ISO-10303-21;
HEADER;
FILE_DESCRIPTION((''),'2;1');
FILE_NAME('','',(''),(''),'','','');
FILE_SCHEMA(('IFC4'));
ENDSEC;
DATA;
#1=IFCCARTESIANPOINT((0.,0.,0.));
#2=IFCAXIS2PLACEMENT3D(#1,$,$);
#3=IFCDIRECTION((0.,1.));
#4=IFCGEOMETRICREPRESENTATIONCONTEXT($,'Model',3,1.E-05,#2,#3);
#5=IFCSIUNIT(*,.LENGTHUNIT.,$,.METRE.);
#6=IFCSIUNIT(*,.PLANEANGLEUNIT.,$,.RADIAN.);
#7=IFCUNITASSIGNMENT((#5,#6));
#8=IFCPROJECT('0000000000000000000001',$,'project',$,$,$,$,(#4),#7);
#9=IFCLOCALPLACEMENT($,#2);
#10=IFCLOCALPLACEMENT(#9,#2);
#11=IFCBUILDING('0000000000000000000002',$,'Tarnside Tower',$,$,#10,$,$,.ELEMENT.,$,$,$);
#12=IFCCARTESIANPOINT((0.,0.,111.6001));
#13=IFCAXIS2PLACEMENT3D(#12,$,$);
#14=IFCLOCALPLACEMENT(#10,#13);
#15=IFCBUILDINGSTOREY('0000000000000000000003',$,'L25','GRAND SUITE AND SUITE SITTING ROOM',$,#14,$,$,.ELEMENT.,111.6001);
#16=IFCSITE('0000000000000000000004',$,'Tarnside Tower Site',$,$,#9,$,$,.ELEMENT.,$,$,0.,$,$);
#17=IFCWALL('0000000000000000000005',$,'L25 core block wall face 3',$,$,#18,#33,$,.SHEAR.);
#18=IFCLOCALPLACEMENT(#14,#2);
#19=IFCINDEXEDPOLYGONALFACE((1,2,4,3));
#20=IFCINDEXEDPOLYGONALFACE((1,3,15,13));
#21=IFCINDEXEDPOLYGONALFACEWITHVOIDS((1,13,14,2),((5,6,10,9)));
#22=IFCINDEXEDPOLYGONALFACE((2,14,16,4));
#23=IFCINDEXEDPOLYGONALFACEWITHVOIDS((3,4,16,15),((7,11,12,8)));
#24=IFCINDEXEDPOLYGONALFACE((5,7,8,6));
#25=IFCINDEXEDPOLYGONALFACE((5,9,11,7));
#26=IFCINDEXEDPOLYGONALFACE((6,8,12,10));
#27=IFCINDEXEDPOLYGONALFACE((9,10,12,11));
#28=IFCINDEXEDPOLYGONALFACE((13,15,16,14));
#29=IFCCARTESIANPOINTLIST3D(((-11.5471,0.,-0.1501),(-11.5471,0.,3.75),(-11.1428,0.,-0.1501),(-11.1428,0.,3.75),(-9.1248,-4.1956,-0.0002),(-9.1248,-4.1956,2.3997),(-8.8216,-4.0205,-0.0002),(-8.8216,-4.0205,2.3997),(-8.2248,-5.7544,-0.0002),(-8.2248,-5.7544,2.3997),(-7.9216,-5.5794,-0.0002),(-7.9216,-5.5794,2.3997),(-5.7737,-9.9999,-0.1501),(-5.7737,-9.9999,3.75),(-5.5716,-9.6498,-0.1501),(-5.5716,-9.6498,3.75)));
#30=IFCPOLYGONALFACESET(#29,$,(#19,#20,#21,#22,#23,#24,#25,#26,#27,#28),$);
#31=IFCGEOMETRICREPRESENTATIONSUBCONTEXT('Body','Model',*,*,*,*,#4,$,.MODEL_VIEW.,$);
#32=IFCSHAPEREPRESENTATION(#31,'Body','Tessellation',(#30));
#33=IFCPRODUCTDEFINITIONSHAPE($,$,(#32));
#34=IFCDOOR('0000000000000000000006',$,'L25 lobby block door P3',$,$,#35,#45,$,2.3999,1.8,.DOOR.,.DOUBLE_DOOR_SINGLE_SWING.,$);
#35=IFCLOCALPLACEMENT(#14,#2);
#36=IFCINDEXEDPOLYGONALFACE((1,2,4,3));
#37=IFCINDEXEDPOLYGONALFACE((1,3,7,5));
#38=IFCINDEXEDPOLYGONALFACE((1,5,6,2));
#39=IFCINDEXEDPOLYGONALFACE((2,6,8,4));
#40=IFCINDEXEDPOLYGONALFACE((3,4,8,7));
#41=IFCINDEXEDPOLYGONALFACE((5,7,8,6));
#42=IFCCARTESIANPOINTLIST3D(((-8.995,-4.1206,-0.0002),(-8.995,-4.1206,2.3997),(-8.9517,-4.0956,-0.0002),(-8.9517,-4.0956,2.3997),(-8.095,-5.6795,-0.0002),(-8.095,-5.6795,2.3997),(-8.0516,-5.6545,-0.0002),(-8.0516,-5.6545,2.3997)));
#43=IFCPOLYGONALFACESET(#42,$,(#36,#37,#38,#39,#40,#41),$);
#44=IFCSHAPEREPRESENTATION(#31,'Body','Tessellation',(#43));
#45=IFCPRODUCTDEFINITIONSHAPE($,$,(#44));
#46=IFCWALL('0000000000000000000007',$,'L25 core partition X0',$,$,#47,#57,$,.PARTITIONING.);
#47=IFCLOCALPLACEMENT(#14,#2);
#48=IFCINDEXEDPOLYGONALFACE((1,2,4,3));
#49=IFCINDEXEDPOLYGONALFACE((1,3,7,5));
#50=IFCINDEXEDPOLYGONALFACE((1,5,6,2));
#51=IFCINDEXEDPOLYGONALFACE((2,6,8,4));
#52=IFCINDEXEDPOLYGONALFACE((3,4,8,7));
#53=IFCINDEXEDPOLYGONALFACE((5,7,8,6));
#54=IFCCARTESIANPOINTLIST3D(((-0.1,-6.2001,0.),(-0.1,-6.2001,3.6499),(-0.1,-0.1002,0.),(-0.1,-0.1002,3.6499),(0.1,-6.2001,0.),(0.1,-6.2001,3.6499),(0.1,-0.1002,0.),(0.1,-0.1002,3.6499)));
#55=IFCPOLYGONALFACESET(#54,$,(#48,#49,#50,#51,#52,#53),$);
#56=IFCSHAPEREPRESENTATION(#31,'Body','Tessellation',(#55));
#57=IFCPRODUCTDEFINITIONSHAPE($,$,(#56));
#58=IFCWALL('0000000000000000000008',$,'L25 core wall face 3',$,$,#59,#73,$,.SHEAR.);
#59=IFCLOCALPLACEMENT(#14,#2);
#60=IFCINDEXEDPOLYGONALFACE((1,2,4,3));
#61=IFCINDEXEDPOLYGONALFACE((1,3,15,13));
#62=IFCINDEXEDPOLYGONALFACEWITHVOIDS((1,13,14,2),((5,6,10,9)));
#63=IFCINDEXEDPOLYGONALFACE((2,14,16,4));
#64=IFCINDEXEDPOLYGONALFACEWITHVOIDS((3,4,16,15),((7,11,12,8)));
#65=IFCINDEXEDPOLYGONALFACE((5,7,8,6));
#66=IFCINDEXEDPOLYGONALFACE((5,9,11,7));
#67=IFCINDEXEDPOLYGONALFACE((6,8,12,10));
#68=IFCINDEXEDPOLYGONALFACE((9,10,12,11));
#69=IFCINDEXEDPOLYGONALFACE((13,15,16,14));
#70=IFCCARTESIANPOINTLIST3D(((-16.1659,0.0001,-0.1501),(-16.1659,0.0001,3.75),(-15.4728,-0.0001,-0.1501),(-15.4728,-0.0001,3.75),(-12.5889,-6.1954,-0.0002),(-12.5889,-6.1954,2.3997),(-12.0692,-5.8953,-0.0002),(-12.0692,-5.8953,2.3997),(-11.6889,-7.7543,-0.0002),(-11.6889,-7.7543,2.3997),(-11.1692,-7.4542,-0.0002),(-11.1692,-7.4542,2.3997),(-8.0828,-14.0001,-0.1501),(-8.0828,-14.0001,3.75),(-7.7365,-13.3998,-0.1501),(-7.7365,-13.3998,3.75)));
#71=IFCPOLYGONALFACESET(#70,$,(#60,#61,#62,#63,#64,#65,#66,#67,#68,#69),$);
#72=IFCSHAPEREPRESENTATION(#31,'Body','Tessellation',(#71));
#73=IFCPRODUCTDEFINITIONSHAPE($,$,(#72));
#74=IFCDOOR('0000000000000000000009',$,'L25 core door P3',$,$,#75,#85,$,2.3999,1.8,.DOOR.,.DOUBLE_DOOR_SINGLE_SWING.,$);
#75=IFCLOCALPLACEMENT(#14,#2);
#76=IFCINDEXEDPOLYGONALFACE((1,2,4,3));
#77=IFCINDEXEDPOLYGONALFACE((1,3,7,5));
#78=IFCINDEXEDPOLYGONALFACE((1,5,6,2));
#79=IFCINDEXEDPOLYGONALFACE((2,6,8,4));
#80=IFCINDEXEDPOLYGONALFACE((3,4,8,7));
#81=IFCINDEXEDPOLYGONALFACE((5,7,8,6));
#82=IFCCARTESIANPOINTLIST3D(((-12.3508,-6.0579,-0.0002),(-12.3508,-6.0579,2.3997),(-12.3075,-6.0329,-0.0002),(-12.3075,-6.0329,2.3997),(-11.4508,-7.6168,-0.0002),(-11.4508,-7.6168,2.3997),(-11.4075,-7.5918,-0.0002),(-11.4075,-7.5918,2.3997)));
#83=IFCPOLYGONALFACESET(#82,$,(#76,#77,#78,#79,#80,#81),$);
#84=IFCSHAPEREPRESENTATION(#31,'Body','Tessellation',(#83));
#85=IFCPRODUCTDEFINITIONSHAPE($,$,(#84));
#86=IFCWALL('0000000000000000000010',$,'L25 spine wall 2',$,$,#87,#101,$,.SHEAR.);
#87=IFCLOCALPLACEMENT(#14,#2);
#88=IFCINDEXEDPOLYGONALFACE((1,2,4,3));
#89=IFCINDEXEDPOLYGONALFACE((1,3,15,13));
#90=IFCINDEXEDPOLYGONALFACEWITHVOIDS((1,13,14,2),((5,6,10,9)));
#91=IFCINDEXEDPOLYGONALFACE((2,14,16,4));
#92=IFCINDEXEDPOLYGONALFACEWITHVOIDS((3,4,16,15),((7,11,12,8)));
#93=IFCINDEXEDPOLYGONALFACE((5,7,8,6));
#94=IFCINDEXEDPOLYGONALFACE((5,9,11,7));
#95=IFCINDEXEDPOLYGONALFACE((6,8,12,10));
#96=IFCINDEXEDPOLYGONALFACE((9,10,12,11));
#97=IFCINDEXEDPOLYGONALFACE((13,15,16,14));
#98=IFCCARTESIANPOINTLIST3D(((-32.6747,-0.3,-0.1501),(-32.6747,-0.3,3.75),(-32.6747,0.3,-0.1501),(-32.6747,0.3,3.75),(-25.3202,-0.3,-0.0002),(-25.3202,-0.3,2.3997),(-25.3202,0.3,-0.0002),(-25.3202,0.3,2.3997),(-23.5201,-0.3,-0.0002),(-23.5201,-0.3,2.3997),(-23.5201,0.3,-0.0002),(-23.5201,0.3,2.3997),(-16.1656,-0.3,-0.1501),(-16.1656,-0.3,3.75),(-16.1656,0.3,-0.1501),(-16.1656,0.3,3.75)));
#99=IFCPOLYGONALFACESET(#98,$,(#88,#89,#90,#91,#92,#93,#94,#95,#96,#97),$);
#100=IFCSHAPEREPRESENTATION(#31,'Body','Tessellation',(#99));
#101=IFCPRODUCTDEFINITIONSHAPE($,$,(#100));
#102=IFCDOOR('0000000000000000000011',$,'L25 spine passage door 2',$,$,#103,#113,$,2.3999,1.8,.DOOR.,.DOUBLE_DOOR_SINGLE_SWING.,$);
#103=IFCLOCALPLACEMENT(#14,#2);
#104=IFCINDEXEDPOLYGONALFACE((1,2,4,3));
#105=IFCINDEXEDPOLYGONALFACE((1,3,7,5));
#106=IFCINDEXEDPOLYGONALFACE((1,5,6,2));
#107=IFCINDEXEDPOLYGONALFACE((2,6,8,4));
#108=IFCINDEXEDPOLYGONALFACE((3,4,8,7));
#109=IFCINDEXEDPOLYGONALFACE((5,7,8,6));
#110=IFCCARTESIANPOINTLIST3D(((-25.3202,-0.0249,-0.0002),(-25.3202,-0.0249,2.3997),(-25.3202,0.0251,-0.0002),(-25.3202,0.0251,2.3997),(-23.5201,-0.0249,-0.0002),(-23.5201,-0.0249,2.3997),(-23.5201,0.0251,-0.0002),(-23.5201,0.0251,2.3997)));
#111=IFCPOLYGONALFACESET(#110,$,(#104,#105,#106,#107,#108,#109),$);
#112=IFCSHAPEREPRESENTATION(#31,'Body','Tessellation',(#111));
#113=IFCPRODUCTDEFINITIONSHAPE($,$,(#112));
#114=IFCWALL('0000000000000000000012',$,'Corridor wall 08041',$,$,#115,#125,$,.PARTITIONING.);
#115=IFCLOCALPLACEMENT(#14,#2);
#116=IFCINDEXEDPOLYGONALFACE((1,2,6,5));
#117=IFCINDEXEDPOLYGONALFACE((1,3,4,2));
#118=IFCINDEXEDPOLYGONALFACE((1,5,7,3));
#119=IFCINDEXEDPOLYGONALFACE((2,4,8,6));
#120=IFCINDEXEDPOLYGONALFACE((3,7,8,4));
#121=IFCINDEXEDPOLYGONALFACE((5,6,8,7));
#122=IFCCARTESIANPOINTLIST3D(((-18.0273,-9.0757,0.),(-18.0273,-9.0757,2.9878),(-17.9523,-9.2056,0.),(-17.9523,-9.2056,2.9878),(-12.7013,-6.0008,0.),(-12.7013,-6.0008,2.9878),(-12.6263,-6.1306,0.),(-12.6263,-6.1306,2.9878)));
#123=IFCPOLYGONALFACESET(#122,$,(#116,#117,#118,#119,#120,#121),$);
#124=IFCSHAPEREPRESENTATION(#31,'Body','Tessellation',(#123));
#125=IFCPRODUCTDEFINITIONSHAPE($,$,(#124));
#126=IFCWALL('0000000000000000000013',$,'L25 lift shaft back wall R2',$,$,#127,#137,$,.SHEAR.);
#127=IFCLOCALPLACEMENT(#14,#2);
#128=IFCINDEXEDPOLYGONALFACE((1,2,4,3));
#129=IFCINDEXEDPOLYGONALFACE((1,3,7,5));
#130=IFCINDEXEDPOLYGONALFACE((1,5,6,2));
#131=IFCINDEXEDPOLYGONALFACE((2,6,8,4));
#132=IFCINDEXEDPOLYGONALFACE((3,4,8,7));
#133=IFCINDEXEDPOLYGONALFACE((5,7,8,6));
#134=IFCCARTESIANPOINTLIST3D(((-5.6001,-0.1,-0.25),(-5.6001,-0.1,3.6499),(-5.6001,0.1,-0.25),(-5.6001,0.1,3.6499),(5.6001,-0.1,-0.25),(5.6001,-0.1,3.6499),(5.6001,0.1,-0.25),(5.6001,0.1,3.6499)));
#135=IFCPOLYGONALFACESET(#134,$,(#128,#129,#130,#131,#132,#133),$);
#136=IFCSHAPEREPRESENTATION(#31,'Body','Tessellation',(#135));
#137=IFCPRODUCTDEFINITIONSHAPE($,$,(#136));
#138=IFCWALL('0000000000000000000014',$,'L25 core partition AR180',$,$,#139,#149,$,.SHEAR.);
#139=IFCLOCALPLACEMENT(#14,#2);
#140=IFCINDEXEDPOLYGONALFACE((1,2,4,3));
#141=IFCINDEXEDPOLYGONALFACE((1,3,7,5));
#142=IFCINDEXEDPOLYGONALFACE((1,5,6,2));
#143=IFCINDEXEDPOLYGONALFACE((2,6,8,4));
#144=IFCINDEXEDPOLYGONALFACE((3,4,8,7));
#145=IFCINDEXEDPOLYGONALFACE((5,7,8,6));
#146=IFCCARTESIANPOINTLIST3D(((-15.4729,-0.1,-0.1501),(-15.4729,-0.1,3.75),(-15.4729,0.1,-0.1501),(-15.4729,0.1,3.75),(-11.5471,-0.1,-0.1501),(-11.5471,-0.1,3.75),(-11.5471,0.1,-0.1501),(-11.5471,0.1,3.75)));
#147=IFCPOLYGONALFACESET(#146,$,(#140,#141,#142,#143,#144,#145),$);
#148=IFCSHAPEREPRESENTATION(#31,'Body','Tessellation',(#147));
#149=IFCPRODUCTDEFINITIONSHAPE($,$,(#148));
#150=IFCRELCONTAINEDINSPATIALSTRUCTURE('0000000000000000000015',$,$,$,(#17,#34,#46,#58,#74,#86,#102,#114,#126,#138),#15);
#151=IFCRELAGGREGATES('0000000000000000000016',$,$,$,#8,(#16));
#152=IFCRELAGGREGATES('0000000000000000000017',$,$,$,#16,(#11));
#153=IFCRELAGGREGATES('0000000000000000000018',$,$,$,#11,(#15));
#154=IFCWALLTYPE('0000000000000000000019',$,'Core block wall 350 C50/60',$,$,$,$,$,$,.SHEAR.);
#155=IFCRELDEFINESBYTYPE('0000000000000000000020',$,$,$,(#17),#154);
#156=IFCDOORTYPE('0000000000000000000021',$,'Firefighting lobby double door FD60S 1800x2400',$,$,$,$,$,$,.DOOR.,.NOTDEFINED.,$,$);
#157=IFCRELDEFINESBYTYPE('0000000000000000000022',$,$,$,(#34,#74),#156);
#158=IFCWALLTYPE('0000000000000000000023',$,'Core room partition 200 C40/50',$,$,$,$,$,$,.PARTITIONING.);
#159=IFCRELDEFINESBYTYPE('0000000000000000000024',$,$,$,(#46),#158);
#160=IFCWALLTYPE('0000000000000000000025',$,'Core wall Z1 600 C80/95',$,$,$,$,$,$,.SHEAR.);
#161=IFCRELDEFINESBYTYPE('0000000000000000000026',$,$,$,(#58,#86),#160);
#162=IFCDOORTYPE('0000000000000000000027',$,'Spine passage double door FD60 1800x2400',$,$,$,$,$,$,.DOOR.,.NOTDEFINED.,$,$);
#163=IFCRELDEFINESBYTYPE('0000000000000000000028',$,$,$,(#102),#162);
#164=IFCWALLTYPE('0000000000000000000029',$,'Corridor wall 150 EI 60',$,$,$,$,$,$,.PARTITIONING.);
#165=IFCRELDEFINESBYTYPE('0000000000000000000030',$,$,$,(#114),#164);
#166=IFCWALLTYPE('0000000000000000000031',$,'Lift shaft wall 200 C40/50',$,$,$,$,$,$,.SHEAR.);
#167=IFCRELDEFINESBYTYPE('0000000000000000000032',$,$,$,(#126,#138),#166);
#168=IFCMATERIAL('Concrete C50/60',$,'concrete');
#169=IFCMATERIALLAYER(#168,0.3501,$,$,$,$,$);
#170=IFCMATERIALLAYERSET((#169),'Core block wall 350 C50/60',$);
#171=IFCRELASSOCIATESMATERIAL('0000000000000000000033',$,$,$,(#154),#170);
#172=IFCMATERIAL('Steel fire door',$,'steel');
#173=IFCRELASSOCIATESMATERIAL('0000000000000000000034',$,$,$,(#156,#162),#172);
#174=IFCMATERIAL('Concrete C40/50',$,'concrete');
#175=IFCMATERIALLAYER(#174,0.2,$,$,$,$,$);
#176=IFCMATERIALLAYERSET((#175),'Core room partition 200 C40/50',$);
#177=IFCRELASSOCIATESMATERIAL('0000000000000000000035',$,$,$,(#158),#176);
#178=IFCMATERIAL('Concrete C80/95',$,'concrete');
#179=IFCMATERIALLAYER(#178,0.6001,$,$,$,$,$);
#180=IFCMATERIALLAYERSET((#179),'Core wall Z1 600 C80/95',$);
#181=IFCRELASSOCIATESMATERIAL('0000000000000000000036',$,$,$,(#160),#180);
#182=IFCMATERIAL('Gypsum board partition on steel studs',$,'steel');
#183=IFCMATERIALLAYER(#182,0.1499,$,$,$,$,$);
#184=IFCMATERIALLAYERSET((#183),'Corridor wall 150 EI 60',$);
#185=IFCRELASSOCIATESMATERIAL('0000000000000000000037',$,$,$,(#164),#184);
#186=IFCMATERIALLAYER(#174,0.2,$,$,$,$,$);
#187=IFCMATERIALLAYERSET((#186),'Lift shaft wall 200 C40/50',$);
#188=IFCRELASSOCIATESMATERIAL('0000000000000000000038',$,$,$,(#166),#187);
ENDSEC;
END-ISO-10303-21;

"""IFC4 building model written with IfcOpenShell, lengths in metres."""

from ifc_helpers import new_model, si_unit, direction, frame, frame_2d, origin, place, context, subcontext, project, spatial, polyline, rectangle, outline, extrude, material, layer, layer_set, type_object, element, fill, save


model = new_model("IFC4")

# Units and contexts
model_context = context("Model", 3, precision=1e-05, world=origin(), true_north=direction((0.0, 1.0)))
body_context = subcontext(model_context, "Body", "Model", "MODEL_VIEW")
ifc_project = project(units=[si_unit("LENGTHUNIT", "METRE"), si_unit("PLANEANGLEUNIT", "RADIAN")], contexts=[model_context])

# Site, building, storey
site_placement = place(None, origin())
site = spatial("IfcSite", under=ifc_project, at=site_placement, Name="Tarnside Tower Site", CompositionType="ELEMENT", RefElevation=0.0)
building_placement = place(site_placement, origin())
building = spatial("IfcBuilding", under=site, at=building_placement, Name="Tarnside Tower", CompositionType="ELEMENT")
storey_placement = place(building_placement, frame((0.0, 0.0, 111.6001)))
storey = spatial("IfcBuildingStorey", under=building, at=storey_placement, Name="L25", Description="GRAND SUITE AND SUITE SITTING ROOM", CompositionType="ELEMENT", Elevation=111.6001)

# Wall, opening, door
ifc_material_1 = material(Name="Concrete C50/60", Category="concrete")
ifc_layer_1 = layer(ifc_material_1, 0.3501)
ifc_layer_set_1 = layer_set([ifc_layer_1], Name="Core block wall 350 C50/60")
wall_type_1 = type_object("IfcWallType", Name="Core block wall 350 C50/60", PredefinedType="SHEAR", material=ifc_layer_set_1)
wall_1_placement = place(storey_placement, frame((-11.345, 0.0, -0.1501), z_axis=(0.0, 0.0, 1.0), x_axis=(0.499995, -0.866028, 0.0)))
wall_1 = element("IfcWall", 1, at=wall_1_placement, inside=storey, type_object=wall_type_1, Name="L25 core block wall face 3", PredefinedType="SHEAR", context=body_context, shape_type="SweptSolid", body=[
    extrude(outline(polyline([(-0.1011, -0.175), (11.4458, -0.175), (11.2437, 0.175), (0.1011, 0.175), (-0.1011, -0.175)])), origin(), (0.0, 0.0, 1.0), 3.9001),
])
opening_1_placement = place(wall_1_placement, frame((4.7437, 0.0, 0.1499)))
opening_1 = element("IfcOpeningElement", 2, at=opening_1_placement, cuts=wall_1, PredefinedType="OPENING", context=body_context, shape_type="SweptSolid", body=[
    extrude(rectangle(XDim=1.8, YDim=2.3999, at=frame_2d((0.8999, 1.2))), frame((0.0, 0.1851, 0.0), z_axis=(0.0, -1.0, 0.0), x_axis=(1.0, 0.0, 0.0)), (0.0, 0.0, 1.0), 0.3701),
])
ifc_material_2 = material(Name="Steel fire door", Category="steel")
door_type_1 = type_object("IfcDoorType", Name="Firefighting lobby double door FD60S 1800x2400", OperationType="NOTDEFINED", PredefinedType="DOOR", material=ifc_material_2)
door_1_placement = place(opening_1_placement, origin())
door_1 = element("IfcDoor", 3, at=door_1_placement, inside=storey, type_object=door_type_1, Name="L25 lobby block door P3", OperationType="DOUBLE_DOOR_SINGLE_SWING", OverallHeight=2.3999, OverallWidth=1.8, PredefinedType="DOOR", context=body_context, shape_type="SweptSolid", body=[
    extrude(rectangle(XDim=1.8, YDim=2.3999, at=frame_2d((0.8999, 1.2))), frame((0.0, 0.0249, 0.0), z_axis=(0.0, -1.0, 0.0), x_axis=(1.0, 0.0, 0.0)), (0.0, 0.0, 1.0), 0.05),
])
fill(opening_1, door_1)

# Wall
ifc_material_3 = material(Name="Concrete C40/50", Category="concrete")
ifc_layer_2 = layer(ifc_material_3, 0.2)
ifc_layer_set_2 = layer_set([ifc_layer_2], Name="Core room partition 200 C40/50")
wall_type_2 = type_object("IfcWallType", Name="Core room partition 200 C40/50", PredefinedType="PARTITIONING", material=ifc_layer_set_2)
wall_2_placement = place(storey_placement, frame((0.0, -6.2, 0.0), z_axis=(0.0, 0.0, 1.0), x_axis=(0.0, 1.0, 0.0)))
element("IfcWall", 4, at=wall_2_placement, inside=storey, type_object=wall_type_2, Name="L25 core partition X0", PredefinedType="PARTITIONING", context=body_context, shape_type="SweptSolid", body=[
    extrude(rectangle(XDim=6.0999, YDim=0.2, at=frame_2d((3.0498, 0.0))), origin(), (0.0, 0.0, 1.0), 3.6499),
])

# Walls, openings, doors
ifc_material_4 = material(Name="Concrete C80/95", Category="concrete")
ifc_layer_3 = layer(ifc_material_4, 0.6001)
ifc_layer_set_3 = layer_set([ifc_layer_3], Name="Core wall Z1 600 C80/95")
wall_type_3 = type_object("IfcWallType", Name="Core wall Z1 600 C80/95", PredefinedType="SHEAR", material=ifc_layer_set_3)
wall_3_placement = place(storey_placement, frame((-15.8193, 0.0, -0.1501), z_axis=(0.0, 0.0, 1.0), x_axis=(0.5, -0.866025, 0.0)))
wall_3 = element("IfcWall", 5, at=wall_3_placement, inside=storey, type_object=wall_type_3, Name="L25 core wall face 3", PredefinedType="SHEAR", context=body_context, shape_type="SweptSolid", body=[
    extrude(outline(polyline([(-0.1733, -0.3), (15.9927, -0.3), (15.646, 0.3), (0.1733, 0.3), (-0.1733, -0.3)])), origin(), (0.0, 0.0, 1.0), 3.9001),
])
opening_2_placement = place(wall_3_placement, frame((6.9807, 0.0, 0.1499)))
opening_2 = element("IfcOpeningElement", 6, at=opening_2_placement, cuts=wall_3, PredefinedType="OPENING", context=body_context, shape_type="SweptSolid", body=[
    extrude(rectangle(XDim=1.8, YDim=2.3999, at=frame_2d((0.8999, 1.2))), frame((0.0, 0.3101, 0.0), z_axis=(0.0, -1.0, 0.0), x_axis=(1.0, 0.0, 0.0)), (0.0, 0.0, 1.0), 0.6201),
])
door_2_placement = place(opening_2_placement, origin())
door_2 = element("IfcDoor", 7, at=door_2_placement, inside=storey, type_object=door_type_1, Name="L25 core door P3", OperationType="DOUBLE_DOOR_SINGLE_SWING", OverallHeight=2.3999, OverallWidth=1.8, PredefinedType="DOOR", context=body_context, shape_type="SweptSolid", body=[
    extrude(rectangle(XDim=1.8, YDim=2.3999, at=frame_2d((0.8999, 1.2))), frame((0.0, 0.0249, 0.0), z_axis=(0.0, -1.0, 0.0), x_axis=(1.0, 0.0, 0.0)), (0.0, 0.0, 1.0), 0.05),
])
fill(opening_2, door_2)
wall_4_placement = place(storey_placement, frame((-16.1658, 0.0, -0.1501), z_axis=(0.0, 0.0, 1.0), x_axis=(-1.0, 0.0, 0.0)))
wall_4 = element("IfcWall", 8, at=wall_4_placement, inside=storey, type_object=wall_type_3, Name="L25 spine wall 2", PredefinedType="SHEAR", context=body_context, shape_type="SweptSolid", body=[
    extrude(rectangle(XDim=16.509, YDim=0.6001, at=frame_2d((8.2544, 0.0))), origin(), (0.0, 0.0, 1.0), 3.9001),
])
opening_3_placement = place(wall_4_placement, frame((7.3545, 0.0, 0.1499)))
opening_3 = element("IfcOpeningElement", 9, at=opening_3_placement, cuts=wall_4, PredefinedType="OPENING", context=body_context, shape_type="SweptSolid", body=[
    extrude(rectangle(XDim=1.8, YDim=2.3999, at=frame_2d((0.8999, 1.2))), frame((0.0, 0.3101, 0.0), z_axis=(0.0, -1.0, 0.0), x_axis=(1.0, 0.0, 0.0)), (0.0, 0.0, 1.0), 0.6201),
])
door_type_2 = type_object("IfcDoorType", Name="Spine passage double door FD60 1800x2400", OperationType="NOTDEFINED", PredefinedType="DOOR", material=ifc_material_2)
door_3_placement = place(opening_3_placement, origin())
door_3 = element("IfcDoor", 10, at=door_3_placement, inside=storey, type_object=door_type_2, Name="L25 spine passage door 2", OperationType="DOUBLE_DOOR_SINGLE_SWING", OverallHeight=2.3999, OverallWidth=1.8, PredefinedType="DOOR", context=body_context, shape_type="SweptSolid", body=[
    extrude(rectangle(XDim=1.8, YDim=2.3999, at=frame_2d((0.8999, 1.2))), frame((0.0, 0.0249, 0.0), z_axis=(0.0, -1.0, 0.0), x_axis=(1.0, 0.0, 0.0)), (0.0, 0.0, 1.0), 0.05),
])
fill(opening_3, door_3)

# Walls
ifc_material_5 = material(Name="Gypsum board partition on steel studs", Category="steel")
ifc_layer_4 = layer(ifc_material_5, 0.1499)
ifc_layer_set_4 = layer_set([ifc_layer_4], Name="Corridor wall 150 EI 60")
wall_type_4 = type_object("IfcWallType", Name="Corridor wall 150 EI 60", PredefinedType="PARTITIONING", material=ifc_layer_set_4)
wall_5_placement = place(storey_placement, frame((-12.6638, -6.0657, 0.0), z_axis=(0.0, 0.0, 1.0), x_axis=(-0.866024, -0.500003, 0.0)))
element("IfcWall", 11, at=wall_5_placement, inside=storey, type_object=wall_type_4, Name="Corridor wall 08041", PredefinedType="PARTITIONING", context=body_context, shape_type="SweptSolid", body=[
    extrude(rectangle(XDim=6.1499, YDim=0.1499, at=frame_2d((3.075, 0.0))), origin(), (0.0, 0.0, 1.0), 2.9878),
])
ifc_layer_5 = layer(ifc_material_3, 0.2)
ifc_layer_set_5 = layer_set([ifc_layer_5], Name="Lift shaft wall 200 C40/50")
wall_type_5 = type_object("IfcWallType", Name="Lift shaft wall 200 C40/50", PredefinedType="SHEAR", material=ifc_layer_set_5)
wall_6_placement = place(storey_placement, frame((-5.6001, 0.0, -0.25), z_axis=(0.0, 0.0, 1.0), x_axis=(1.0, 0.0, 0.0)))
element("IfcWall", 12, at=wall_6_placement, inside=storey, type_object=wall_type_5, Name="L25 lift shaft back wall R2", PredefinedType="SHEAR", context=body_context, shape_type="SweptSolid", body=[
    extrude(rectangle(XDim=11.2002, YDim=0.2, at=frame_2d((5.6001, 0.0))), origin(), (0.0, 0.0, 1.0), 3.8999),
])
wall_7_placement = place(storey_placement, frame((-11.5471, 0.0, -0.1501), z_axis=(0.0, 0.0, 1.0), x_axis=(-1.0, 0.0, 0.0)))
element("IfcWall", 13, at=wall_7_placement, inside=storey, type_object=wall_type_5, Name="L25 core partition AR180", PredefinedType="SHEAR", context=body_context, shape_type="SweptSolid", body=[
    extrude(rectangle(XDim=3.9258, YDim=0.2, at=frame_2d((1.9629, 0.0))), origin(), (0.0, 0.0, 1.0), 3.9001),
])

save(model, "model.ifc")
